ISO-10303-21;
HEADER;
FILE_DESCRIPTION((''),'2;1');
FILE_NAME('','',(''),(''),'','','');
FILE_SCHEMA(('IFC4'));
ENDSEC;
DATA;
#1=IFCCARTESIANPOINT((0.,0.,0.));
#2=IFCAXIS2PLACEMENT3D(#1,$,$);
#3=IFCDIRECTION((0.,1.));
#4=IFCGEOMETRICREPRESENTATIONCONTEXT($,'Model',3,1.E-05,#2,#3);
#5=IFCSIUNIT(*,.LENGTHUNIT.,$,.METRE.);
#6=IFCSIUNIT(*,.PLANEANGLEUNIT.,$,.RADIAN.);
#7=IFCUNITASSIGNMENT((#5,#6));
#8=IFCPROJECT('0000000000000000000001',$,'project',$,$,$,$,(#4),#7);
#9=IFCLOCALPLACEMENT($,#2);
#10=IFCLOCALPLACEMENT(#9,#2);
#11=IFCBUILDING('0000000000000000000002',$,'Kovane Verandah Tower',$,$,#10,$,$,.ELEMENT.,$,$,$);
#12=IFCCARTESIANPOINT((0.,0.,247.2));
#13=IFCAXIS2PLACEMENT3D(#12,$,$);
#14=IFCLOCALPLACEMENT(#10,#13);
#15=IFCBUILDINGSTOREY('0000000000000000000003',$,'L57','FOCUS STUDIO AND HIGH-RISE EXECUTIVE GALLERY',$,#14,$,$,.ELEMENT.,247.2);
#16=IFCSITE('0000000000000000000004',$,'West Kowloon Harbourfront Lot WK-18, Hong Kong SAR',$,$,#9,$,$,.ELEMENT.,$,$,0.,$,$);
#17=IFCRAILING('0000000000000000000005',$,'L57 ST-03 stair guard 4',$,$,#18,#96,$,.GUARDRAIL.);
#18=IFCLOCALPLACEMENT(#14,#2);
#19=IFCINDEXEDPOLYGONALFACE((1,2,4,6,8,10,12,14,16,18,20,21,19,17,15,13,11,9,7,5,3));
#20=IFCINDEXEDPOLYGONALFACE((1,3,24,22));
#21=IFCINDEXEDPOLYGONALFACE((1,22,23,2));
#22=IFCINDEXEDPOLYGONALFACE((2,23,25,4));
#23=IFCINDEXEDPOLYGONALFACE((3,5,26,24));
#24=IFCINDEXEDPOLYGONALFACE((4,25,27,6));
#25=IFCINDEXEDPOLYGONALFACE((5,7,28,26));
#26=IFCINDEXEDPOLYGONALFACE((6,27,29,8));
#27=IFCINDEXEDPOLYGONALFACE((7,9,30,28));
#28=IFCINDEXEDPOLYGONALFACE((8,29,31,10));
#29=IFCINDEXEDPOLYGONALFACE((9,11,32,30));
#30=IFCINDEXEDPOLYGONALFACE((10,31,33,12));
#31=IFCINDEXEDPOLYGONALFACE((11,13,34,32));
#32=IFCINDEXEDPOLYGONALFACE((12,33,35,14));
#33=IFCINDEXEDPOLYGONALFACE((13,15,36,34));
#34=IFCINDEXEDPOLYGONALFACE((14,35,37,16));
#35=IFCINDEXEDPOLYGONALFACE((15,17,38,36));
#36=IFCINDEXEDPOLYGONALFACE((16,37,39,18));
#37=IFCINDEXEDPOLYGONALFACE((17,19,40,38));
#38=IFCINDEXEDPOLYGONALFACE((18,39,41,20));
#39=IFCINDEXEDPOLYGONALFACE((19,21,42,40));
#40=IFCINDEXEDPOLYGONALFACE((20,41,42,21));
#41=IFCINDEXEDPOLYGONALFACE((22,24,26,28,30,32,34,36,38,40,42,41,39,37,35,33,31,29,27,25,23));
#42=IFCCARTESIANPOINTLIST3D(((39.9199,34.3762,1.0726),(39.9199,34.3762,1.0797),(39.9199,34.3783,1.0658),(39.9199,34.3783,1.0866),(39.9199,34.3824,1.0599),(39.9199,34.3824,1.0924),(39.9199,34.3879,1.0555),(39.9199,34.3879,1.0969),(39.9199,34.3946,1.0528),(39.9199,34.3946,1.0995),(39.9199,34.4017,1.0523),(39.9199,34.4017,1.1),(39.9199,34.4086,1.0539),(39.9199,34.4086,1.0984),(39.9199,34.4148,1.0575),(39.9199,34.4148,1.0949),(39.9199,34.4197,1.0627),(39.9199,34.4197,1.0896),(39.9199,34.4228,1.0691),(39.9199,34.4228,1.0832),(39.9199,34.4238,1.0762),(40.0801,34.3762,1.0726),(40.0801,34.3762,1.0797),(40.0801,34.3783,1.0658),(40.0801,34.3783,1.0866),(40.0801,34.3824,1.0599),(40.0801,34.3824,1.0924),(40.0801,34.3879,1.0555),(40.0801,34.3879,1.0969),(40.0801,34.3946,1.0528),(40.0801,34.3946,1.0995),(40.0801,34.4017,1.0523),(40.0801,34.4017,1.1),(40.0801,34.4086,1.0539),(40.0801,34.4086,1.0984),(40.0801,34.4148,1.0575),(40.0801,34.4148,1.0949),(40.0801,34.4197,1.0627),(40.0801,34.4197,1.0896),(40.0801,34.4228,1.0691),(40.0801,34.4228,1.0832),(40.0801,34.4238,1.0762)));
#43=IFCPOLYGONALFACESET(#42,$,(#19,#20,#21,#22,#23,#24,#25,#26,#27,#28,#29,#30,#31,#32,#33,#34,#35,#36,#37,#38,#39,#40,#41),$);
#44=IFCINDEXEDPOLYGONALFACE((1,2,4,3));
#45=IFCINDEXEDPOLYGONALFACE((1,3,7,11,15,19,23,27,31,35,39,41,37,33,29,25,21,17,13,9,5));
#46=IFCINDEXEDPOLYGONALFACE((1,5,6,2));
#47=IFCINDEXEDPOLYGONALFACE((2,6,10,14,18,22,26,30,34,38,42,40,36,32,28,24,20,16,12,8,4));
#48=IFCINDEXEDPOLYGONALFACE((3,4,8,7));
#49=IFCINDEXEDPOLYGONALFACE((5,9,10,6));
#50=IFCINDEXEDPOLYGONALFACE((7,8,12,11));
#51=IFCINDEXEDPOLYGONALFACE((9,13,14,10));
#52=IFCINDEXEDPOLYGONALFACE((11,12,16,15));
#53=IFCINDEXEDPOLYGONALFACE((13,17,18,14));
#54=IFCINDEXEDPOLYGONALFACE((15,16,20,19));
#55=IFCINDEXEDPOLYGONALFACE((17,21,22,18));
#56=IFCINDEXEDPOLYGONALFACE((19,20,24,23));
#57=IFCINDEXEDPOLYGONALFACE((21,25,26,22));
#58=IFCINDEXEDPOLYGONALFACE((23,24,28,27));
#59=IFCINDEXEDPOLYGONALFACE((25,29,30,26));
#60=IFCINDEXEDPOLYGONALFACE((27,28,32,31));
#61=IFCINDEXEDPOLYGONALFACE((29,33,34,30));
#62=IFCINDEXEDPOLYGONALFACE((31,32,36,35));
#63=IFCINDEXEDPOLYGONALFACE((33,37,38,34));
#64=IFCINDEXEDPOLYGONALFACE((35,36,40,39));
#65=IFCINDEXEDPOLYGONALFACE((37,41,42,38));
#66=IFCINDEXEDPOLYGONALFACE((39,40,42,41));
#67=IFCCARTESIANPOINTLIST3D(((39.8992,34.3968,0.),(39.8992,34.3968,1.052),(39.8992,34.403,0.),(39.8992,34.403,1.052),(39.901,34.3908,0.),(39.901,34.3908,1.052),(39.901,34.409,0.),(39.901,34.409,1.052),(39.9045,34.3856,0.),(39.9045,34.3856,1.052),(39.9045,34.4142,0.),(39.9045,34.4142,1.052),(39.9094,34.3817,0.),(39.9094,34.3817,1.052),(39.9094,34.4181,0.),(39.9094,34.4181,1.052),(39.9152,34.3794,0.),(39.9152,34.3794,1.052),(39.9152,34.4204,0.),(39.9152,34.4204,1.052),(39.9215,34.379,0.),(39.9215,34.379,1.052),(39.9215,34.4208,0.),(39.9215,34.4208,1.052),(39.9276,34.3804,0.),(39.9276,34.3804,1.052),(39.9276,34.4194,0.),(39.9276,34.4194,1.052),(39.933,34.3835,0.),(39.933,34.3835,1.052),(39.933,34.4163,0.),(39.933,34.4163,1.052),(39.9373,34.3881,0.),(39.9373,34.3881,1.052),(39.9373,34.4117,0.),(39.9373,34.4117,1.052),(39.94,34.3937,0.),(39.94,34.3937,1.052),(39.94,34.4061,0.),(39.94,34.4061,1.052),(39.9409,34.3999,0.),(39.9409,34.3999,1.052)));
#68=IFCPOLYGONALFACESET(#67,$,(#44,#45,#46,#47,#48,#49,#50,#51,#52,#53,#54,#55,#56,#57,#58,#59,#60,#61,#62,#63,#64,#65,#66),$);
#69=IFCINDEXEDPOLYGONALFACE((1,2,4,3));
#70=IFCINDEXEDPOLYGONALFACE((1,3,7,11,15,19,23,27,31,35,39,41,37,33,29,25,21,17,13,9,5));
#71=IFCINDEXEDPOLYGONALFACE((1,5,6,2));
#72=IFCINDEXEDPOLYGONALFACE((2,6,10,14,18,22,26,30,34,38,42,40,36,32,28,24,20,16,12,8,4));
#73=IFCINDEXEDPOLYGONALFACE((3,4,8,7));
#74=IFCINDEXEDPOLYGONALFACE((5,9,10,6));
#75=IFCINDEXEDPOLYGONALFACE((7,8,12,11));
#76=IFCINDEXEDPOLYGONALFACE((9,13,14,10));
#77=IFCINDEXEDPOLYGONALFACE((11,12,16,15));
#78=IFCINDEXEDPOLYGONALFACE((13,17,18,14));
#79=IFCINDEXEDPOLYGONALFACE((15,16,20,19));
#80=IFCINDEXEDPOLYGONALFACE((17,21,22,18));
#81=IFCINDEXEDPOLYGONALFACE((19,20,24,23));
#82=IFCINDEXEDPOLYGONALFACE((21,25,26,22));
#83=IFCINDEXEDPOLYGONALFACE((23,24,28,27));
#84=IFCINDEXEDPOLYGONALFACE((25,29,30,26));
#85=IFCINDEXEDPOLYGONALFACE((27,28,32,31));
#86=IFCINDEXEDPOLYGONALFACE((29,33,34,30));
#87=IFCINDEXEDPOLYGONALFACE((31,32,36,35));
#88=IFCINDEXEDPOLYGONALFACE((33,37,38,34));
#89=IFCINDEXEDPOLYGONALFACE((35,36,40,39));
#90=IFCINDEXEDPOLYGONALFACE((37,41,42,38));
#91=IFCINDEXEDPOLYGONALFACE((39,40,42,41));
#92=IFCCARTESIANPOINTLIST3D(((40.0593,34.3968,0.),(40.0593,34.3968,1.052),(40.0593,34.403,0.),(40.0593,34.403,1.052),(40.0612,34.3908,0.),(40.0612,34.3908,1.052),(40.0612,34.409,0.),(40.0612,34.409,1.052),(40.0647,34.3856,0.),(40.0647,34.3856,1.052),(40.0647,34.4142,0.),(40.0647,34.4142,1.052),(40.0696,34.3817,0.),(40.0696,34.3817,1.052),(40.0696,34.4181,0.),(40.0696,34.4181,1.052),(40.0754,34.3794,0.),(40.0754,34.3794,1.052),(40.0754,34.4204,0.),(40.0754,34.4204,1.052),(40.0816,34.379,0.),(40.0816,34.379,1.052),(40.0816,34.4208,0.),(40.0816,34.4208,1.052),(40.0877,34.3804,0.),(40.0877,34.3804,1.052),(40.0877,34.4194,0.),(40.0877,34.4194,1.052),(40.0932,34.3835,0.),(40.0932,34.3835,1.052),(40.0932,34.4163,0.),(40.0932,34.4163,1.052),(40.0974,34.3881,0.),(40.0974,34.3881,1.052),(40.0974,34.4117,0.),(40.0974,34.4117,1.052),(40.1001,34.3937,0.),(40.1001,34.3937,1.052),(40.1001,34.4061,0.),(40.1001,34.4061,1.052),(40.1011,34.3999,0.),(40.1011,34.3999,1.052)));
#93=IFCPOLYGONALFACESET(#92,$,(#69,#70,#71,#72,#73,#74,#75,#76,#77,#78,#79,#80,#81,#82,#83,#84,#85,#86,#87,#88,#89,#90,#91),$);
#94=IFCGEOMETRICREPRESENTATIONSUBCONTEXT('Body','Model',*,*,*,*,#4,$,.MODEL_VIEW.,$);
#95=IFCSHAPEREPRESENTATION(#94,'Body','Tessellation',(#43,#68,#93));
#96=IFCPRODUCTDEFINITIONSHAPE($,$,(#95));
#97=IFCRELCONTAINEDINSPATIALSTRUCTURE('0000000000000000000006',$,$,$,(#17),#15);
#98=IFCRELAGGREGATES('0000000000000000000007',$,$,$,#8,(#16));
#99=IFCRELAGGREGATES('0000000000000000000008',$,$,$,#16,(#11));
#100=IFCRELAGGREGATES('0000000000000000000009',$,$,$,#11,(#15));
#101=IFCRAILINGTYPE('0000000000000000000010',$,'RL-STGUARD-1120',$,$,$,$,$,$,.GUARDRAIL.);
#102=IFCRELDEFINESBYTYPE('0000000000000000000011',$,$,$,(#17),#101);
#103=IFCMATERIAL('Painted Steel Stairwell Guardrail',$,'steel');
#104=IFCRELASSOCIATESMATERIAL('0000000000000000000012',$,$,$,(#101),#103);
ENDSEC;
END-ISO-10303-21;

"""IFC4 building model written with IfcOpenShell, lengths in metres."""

from ifc_helpers import new_model, si_unit, direction, frame, origin, origin_2d, place, context, subcontext, project, spatial, circle, extrude, material, type_object, element, save


model = new_model("IFC4")

# Units and contexts
model_context = context("Model", 3, precision=1e-05, world=origin(), true_north=direction((0.0, 1.0)))
body_context = subcontext(model_context, "Body", "Model", "MODEL_VIEW")
ifc_project = project(units=[si_unit("LENGTHUNIT", "METRE"), si_unit("PLANEANGLEUNIT", "RADIAN")], contexts=[model_context])

# Site, building, storey
site_placement = place(None, origin())
site = spatial("IfcSite", under=ifc_project, at=site_placement, Name="West Kowloon Harbourfront Lot WK-18, Hong Kong SAR", CompositionType="ELEMENT", RefElevation=0.0)
building_placement = place(site_placement, origin())
building = spatial("IfcBuilding", under=site, at=building_placement, Name="Kovane Verandah Tower", CompositionType="ELEMENT")
storey_placement = place(building_placement, frame((0.0, 0.0, 247.2)))
storey = spatial("IfcBuildingStorey", under=building, at=storey_placement, Name="L57", Description="FOCUS STUDIO AND HIGH-RISE EXECUTIVE GALLERY", CompositionType="ELEMENT", Elevation=247.2)

# Railing
ifc_material_1 = material(Name="Painted Steel Stairwell Guardrail", Category="steel")
railing_type_1 = type_object("IfcRailingType", Name="RL-STGUARD-1120", PredefinedType="GUARDRAIL", material=ifc_material_1)
railing_1_placement = place(storey_placement, frame((39.9199, 34.3999, 0.0)))
element("IfcRailing", 1, at=railing_1_placement, inside=storey, type_object=railing_type_1, Name="L57 ST-03 stair guard 4", PredefinedType="GUARDRAIL", context=body_context, shape_type="SweptSolid", body=[
    extrude(circle(Radius=0.0239, at=origin_2d()), frame((0.0, 0.0, 1.0762), z_axis=(1.0, 0.0, 0.0), x_axis=(0.0, 1.0, 0.0)), (0.0, 0.0, 1.0), 0.1602),
    extrude(circle(Radius=0.021, at=origin_2d()), origin(), (0.0, 0.0, 1.0), 1.052),
    extrude(circle(Radius=0.021, at=origin_2d()), frame((0.1602, 0.0, 0.0)), (0.0, 0.0, 1.0), 1.052),
])

save(model, "model.ifc")
